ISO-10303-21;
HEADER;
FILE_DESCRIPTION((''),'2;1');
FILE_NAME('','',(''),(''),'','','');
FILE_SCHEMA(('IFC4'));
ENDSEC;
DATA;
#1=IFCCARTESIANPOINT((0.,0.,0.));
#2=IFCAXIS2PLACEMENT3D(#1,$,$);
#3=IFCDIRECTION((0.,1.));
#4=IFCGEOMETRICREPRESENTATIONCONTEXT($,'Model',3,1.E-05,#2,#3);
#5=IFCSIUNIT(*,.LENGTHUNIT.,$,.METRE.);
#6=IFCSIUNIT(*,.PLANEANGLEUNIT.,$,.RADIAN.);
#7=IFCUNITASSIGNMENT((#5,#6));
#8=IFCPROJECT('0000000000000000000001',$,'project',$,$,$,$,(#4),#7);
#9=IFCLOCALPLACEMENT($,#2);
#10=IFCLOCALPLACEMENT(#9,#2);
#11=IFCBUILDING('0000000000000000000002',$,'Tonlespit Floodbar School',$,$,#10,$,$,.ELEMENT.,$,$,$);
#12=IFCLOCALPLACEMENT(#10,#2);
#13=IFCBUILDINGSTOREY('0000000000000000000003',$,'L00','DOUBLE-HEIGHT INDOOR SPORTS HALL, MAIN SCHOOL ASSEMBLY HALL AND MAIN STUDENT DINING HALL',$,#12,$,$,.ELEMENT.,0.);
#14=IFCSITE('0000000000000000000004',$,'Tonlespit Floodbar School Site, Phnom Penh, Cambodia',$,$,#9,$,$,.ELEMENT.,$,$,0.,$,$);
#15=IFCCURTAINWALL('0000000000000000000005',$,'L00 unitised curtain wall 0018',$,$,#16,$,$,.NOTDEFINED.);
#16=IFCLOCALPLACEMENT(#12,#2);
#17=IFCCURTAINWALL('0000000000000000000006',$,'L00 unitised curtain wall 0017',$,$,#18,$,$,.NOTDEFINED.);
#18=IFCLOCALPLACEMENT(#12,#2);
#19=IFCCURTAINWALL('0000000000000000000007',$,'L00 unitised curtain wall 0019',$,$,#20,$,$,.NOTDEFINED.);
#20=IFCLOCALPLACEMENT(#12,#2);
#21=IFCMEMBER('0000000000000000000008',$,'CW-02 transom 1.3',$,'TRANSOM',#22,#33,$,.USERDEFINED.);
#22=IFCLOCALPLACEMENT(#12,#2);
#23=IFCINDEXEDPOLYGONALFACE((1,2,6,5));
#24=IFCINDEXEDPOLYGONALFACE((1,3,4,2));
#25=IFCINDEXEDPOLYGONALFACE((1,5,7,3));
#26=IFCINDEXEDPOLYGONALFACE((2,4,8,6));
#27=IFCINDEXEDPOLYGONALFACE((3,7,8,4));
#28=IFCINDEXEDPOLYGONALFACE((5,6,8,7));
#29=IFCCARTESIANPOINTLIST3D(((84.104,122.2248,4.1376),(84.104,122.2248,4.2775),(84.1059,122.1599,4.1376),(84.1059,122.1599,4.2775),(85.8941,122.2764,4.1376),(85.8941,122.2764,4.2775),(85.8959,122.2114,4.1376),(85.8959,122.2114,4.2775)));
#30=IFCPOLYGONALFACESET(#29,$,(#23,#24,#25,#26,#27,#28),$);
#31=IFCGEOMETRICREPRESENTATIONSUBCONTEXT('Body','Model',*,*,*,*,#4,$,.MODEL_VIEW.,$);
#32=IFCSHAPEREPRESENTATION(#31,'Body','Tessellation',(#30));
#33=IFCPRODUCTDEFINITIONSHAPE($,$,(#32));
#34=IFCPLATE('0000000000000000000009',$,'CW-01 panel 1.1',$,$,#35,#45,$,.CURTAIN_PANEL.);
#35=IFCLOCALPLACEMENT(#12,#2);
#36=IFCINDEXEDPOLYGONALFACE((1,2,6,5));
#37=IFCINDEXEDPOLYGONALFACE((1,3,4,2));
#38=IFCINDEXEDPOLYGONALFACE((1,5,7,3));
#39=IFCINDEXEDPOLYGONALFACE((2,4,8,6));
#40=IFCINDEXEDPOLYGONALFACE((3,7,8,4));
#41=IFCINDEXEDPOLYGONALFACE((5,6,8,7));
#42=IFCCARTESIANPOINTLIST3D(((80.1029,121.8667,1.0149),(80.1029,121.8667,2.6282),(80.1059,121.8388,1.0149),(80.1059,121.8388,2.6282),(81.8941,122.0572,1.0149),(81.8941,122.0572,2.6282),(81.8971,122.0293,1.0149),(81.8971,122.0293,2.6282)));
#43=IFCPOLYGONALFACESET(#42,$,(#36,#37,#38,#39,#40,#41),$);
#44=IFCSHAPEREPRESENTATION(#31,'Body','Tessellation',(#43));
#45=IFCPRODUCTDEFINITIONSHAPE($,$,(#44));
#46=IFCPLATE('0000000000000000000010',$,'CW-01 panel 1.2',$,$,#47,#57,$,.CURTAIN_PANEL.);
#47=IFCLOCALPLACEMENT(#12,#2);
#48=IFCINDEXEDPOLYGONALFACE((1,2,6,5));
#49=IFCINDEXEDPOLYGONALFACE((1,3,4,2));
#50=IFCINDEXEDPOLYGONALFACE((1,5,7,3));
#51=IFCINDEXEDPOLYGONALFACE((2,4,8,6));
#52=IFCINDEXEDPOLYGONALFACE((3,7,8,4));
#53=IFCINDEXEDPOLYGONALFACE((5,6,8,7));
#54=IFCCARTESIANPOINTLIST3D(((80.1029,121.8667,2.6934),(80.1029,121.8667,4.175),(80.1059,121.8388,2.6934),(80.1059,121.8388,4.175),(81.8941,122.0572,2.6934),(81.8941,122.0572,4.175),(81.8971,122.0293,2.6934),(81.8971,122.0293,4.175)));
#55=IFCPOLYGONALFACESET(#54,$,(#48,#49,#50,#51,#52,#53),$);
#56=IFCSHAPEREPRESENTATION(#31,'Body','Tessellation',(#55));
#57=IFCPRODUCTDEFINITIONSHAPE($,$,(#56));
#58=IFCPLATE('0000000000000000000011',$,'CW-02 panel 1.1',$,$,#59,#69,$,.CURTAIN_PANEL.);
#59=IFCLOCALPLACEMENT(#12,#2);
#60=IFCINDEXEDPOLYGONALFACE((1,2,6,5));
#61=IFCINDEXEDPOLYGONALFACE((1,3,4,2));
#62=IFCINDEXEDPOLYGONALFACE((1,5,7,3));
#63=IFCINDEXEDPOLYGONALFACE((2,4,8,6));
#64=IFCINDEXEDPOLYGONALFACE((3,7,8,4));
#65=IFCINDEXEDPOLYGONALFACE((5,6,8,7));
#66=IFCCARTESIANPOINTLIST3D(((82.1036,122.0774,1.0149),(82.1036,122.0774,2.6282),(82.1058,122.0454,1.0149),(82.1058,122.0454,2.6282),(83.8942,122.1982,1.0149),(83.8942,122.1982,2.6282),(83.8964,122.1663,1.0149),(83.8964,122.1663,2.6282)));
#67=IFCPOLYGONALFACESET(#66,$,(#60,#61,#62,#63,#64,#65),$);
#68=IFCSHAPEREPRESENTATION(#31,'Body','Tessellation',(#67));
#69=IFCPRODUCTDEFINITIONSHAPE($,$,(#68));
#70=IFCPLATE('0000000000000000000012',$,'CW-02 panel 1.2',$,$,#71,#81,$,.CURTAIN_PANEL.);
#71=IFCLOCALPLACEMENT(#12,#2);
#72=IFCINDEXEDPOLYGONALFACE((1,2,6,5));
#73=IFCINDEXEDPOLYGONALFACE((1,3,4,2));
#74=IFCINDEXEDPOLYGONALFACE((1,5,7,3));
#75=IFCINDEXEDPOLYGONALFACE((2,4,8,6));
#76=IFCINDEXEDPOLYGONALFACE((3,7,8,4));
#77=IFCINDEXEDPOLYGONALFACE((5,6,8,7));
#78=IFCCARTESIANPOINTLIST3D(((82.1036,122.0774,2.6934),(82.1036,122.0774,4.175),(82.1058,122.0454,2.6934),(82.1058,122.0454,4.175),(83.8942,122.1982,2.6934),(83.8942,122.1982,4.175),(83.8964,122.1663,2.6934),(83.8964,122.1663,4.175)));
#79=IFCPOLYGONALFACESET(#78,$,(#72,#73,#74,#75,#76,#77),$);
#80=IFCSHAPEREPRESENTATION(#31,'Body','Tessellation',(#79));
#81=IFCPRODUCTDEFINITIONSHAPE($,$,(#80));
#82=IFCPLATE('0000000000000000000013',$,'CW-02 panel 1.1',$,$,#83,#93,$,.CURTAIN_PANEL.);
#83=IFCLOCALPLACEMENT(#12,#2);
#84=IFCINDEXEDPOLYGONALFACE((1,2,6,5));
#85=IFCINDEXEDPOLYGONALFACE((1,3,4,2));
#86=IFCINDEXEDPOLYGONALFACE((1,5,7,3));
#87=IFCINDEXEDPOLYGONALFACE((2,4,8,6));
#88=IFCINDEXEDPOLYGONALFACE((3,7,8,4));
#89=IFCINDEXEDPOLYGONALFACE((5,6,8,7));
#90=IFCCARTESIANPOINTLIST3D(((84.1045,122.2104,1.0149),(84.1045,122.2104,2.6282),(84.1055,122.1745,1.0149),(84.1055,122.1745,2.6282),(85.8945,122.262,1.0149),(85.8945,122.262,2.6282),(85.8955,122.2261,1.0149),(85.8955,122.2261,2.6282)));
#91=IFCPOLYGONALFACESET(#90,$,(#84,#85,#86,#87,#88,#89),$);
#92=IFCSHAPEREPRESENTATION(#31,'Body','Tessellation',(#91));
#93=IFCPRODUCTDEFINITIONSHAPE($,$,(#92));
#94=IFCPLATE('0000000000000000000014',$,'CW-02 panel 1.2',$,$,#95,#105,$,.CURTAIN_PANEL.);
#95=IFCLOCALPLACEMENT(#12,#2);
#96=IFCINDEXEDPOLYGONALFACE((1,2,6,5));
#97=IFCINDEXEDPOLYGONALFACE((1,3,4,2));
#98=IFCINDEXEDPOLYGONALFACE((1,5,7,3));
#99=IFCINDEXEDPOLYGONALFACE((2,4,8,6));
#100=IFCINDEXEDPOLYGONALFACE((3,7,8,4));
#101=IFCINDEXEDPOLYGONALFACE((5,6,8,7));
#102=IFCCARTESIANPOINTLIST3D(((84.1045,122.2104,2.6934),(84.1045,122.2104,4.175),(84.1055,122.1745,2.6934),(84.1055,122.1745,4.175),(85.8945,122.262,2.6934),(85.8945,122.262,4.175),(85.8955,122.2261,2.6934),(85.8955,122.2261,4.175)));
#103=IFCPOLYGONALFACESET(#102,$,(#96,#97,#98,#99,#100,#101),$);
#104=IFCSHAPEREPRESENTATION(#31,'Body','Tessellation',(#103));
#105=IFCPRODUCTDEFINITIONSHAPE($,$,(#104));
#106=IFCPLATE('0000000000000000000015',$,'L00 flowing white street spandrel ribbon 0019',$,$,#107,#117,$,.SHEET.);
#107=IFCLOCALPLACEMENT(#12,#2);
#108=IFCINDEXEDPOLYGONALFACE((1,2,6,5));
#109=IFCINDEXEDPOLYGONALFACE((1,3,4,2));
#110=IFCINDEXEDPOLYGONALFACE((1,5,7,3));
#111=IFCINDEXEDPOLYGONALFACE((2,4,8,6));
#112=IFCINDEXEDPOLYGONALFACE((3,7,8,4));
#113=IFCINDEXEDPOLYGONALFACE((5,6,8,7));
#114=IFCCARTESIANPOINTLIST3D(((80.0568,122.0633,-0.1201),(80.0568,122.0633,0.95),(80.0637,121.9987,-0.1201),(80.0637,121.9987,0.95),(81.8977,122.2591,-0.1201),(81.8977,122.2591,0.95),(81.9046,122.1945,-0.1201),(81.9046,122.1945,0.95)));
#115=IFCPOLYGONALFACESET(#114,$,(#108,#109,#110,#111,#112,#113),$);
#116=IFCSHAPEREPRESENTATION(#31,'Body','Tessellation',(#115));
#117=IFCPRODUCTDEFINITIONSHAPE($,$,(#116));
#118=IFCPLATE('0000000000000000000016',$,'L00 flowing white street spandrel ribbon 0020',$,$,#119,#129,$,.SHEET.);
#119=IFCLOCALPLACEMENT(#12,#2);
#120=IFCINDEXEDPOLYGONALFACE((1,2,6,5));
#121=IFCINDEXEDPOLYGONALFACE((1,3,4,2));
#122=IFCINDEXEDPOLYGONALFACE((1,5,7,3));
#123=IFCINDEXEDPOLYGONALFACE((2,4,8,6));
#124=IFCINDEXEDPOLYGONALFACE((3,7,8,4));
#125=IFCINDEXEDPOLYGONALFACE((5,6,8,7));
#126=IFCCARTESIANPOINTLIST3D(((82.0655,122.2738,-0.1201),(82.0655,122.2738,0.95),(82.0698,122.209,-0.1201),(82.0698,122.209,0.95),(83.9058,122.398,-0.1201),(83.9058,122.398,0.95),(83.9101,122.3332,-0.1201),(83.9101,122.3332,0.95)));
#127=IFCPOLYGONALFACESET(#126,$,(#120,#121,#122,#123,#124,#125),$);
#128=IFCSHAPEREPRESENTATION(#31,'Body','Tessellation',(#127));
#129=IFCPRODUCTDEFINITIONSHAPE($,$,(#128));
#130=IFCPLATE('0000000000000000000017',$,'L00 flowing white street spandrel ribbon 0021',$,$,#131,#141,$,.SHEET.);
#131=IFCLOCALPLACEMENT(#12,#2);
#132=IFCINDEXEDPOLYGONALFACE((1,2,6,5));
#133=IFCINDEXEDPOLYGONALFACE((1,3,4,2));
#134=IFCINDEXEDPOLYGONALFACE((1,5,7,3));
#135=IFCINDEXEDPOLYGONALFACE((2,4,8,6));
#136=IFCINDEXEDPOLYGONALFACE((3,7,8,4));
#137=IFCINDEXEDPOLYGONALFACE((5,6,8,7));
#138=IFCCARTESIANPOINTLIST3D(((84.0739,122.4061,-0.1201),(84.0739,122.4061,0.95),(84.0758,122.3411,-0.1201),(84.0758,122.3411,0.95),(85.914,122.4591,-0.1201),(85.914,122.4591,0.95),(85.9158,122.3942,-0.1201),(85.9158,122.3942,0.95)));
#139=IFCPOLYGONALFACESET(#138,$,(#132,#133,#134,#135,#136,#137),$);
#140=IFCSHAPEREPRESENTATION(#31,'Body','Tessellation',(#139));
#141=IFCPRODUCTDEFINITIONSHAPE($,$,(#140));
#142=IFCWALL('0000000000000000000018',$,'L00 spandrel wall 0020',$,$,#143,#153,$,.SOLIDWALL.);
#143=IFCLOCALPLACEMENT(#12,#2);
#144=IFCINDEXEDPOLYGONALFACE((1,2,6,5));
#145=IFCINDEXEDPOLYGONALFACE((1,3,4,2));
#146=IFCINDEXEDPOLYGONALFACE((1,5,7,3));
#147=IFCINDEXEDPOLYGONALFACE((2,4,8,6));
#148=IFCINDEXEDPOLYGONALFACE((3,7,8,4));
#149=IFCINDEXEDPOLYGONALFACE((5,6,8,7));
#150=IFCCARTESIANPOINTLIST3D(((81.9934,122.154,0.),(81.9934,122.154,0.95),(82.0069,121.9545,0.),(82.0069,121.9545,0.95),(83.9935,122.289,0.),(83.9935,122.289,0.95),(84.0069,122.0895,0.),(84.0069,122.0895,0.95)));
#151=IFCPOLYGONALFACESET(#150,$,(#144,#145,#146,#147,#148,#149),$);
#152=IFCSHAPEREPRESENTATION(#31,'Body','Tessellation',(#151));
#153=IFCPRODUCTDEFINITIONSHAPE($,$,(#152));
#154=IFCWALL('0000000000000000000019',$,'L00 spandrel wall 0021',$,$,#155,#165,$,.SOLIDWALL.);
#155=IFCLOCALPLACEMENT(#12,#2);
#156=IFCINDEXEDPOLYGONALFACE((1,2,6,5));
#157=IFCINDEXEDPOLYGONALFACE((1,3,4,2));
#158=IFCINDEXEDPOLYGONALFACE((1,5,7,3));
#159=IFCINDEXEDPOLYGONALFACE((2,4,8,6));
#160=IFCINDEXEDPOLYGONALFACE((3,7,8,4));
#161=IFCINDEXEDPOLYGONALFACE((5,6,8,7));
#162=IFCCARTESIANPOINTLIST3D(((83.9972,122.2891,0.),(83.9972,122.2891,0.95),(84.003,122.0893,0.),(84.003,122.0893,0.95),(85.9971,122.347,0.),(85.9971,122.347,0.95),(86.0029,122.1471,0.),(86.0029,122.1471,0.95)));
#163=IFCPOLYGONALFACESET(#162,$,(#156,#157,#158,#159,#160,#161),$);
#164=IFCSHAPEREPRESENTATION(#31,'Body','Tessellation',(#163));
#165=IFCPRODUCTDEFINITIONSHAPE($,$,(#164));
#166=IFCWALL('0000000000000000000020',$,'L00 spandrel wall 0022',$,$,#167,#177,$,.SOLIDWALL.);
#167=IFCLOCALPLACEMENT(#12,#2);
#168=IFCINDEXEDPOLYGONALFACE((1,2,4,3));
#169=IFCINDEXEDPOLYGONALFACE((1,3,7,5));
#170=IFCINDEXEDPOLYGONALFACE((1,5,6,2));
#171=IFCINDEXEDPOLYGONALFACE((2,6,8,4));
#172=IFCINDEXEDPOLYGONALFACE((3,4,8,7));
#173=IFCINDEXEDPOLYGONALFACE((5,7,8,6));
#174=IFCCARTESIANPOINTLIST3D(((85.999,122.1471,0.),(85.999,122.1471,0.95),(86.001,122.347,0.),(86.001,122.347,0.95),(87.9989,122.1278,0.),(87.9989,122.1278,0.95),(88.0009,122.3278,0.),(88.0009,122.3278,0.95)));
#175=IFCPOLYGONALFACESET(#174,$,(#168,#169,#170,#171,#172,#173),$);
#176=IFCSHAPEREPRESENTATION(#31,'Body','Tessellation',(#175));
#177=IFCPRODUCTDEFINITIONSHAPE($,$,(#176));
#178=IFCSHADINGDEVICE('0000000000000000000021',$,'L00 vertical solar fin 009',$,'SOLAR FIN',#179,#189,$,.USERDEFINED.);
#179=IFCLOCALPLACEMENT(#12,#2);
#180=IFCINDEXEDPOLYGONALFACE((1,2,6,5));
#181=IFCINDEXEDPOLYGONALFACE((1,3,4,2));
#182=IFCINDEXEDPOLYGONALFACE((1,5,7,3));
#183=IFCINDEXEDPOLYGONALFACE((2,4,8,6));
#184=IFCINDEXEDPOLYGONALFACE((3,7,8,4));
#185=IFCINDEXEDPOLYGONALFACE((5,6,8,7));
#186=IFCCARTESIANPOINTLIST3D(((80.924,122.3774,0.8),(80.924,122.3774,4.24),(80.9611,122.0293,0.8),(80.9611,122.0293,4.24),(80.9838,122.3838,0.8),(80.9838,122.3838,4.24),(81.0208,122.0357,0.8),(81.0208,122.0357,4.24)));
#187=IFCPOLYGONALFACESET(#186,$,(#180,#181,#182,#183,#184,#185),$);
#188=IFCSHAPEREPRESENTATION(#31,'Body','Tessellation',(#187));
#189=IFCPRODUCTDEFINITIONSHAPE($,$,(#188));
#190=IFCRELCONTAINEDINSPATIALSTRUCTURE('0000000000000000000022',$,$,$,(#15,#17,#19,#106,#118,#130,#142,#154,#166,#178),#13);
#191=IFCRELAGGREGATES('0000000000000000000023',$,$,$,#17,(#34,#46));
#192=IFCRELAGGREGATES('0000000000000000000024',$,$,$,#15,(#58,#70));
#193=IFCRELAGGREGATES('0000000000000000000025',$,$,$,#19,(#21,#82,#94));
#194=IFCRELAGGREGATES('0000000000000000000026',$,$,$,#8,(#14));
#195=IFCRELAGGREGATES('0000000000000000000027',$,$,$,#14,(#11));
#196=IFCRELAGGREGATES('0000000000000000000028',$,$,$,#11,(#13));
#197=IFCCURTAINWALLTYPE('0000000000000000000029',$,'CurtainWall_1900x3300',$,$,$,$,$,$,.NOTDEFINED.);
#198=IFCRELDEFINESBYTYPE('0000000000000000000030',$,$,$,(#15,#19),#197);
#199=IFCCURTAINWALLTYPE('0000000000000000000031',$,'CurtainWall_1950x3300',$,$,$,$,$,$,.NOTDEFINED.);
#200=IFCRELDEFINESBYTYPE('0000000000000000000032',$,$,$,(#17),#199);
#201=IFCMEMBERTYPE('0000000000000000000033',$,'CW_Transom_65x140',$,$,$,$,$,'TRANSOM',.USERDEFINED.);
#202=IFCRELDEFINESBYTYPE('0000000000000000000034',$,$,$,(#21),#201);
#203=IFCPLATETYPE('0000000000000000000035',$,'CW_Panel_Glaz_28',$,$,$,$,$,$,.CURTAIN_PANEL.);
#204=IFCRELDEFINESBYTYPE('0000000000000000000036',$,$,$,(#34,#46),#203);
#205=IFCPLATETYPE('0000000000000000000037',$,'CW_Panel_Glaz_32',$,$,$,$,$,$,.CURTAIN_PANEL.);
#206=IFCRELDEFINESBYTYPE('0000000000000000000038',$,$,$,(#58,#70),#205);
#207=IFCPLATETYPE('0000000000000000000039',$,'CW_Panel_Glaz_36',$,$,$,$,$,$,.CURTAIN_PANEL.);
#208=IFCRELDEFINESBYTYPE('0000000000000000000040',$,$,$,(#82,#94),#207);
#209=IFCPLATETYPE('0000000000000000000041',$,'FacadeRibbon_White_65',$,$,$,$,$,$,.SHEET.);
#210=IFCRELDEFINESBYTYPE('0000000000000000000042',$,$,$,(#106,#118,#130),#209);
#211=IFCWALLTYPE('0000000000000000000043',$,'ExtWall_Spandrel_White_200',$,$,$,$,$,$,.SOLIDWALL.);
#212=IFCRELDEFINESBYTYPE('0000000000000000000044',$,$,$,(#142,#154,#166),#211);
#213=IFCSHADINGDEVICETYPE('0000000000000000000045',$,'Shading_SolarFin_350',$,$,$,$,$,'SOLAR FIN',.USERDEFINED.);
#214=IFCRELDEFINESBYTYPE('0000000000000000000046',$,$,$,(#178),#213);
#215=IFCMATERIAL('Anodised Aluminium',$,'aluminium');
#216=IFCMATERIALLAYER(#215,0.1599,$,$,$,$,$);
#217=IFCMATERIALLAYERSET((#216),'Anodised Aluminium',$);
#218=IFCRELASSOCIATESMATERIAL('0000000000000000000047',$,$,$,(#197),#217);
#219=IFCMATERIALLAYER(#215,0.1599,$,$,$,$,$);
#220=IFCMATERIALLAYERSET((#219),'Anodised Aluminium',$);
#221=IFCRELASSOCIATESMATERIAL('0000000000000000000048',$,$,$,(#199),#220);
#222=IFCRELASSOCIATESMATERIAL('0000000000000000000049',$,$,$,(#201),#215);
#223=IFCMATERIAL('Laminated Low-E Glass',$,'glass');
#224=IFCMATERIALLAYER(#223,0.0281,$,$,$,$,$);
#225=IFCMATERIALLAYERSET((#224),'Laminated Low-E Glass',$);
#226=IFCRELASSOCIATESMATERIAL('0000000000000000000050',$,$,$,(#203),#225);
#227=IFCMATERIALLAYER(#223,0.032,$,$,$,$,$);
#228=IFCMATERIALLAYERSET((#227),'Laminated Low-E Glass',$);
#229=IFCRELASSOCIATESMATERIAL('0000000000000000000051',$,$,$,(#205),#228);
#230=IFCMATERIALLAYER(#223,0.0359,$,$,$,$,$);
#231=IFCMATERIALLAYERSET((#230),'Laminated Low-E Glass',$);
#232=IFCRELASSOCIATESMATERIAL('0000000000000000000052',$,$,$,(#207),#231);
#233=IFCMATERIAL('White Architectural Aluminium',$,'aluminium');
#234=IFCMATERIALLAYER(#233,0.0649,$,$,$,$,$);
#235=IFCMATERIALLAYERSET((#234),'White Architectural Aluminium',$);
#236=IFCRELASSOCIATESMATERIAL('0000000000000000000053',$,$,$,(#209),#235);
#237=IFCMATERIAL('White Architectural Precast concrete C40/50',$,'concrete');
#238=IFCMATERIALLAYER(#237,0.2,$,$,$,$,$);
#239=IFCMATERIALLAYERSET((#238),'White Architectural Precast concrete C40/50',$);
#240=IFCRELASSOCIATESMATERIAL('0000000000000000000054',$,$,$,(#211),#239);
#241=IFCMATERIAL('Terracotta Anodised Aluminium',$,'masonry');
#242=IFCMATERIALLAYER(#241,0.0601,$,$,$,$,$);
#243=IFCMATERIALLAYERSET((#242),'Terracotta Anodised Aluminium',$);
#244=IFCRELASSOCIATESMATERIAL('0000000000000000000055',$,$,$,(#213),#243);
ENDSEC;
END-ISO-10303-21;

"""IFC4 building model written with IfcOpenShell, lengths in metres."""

from ifc_helpers import new_model, si_unit, direction, frame, frame_2d, origin, origin_2d, place, context, subcontext, project, spatial, rectangle, extrude, material, layer, layer_set, material_profile, profile_set, type_object, element, aggregate, save


model = new_model("IFC4")

# Units and contexts
model_context = context("Model", 3, precision=1e-05, world=origin(), true_north=direction((0.0, 1.0)))
body_context = subcontext(model_context, "Body", "Model", "MODEL_VIEW")
ifc_project = project(units=[si_unit("LENGTHUNIT", "METRE"), si_unit("PLANEANGLEUNIT", "RADIAN")], contexts=[model_context])

# Site, building, storey
site_placement = place(None, origin())
site = spatial("IfcSite", under=ifc_project, at=site_placement, Name="Tonlespit Floodbar School Site, Phnom Penh, Cambodia", CompositionType="ELEMENT", RefElevation=0.0)
building_placement = place(site_placement, origin())
building = spatial("IfcBuilding", under=site, at=building_placement, Name="Tonlespit Floodbar School", CompositionType="ELEMENT")
storey_placement = place(building_placement, origin())
storey = spatial("IfcBuildingStorey", under=building, at=storey_placement, Name="L00", Description="DOUBLE-HEIGHT INDOOR SPORTS HALL, MAIN SCHOOL ASSEMBLY HALL AND MAIN STUDENT DINING HALL", CompositionType="ELEMENT", Elevation=0.0)

# Curtain wall
ifc_material_1 = material(Name="Anodised Aluminium", Category="aluminium")
ifc_layer_1 = layer(ifc_material_1, 0.1599)
ifc_layer_set_1 = layer_set([ifc_layer_1], Name="Anodised Aluminium")
curtain_wall_type_1 = type_object("IfcCurtainWallType", Name="CurtainWall_1900x3300", PredefinedType="NOTDEFINED", material=ifc_layer_set_1)
curtain_wall_1_placement = place(storey_placement, origin())
curtain_wall_1 = element("IfcCurtainWall", 1, at=curtain_wall_1_placement, inside=storey, type_object=curtain_wall_type_1, Name="L00 unitised curtain wall 0018", PredefinedType="NOTDEFINED")

# Curtain wall
ifc_layer_2 = layer(ifc_material_1, 0.1599)
ifc_layer_set_2 = layer_set([ifc_layer_2], Name="Anodised Aluminium")
curtain_wall_type_2 = type_object("IfcCurtainWallType", Name="CurtainWall_1950x3300", PredefinedType="NOTDEFINED", material=ifc_layer_set_2)
curtain_wall_2_placement = place(storey_placement, origin())
curtain_wall_2 = element("IfcCurtainWall", 2, at=curtain_wall_2_placement, inside=storey, type_object=curtain_wall_type_2, Name="L00 unitised curtain wall 0017", PredefinedType="NOTDEFINED")

# Curtain wall
curtain_wall_3_placement = place(storey_placement, origin())
curtain_wall_3 = element("IfcCurtainWall", 3, at=curtain_wall_3_placement, inside=storey, type_object=curtain_wall_type_1, Name="L00 unitised curtain wall 0019", PredefinedType="NOTDEFINED")

# Member
ifc_material_profile_1 = material_profile(ifc_material_1, rectangle(XDim=0.0649, YDim=0.1399, at=origin_2d()), Name="ALU T65x140")
ifc_profile_set_1 = profile_set([ifc_material_profile_1], Name="Anodised Aluminium")
member_type_1 = type_object("IfcMemberType", Name="CW_Transom_65x140", ElementType="TRANSOM", PredefinedType="USERDEFINED", material=ifc_profile_set_1)
member_1_placement = place(storey_placement, frame((84.105, 122.1924, 4.2075), z_axis=(0.999586, 0.028766, 0.0), x_axis=(-0.028766, 0.999586, 0.0)))
member_1 = element("IfcMember", 4, at=member_1_placement, type_object=member_type_1, Name="CW-02 transom 1.3", ObjectType="TRANSOM", PredefinedType="USERDEFINED", context=body_context, shape_type="SweptSolid", body=[
    extrude(rectangle(XDim=0.0649, YDim=0.1399, at=origin_2d()), origin(), (0.0, 0.0, 1.0), 1.7908),
])

# Plates
ifc_material_2 = material(Name="Laminated Low-E Glass", Category="glass")
ifc_layer_3 = layer(ifc_material_2, 0.0281)
ifc_layer_set_3 = layer_set([ifc_layer_3], Name="Laminated Low-E Glass")
plate_type_1 = type_object("IfcPlateType", Name="CW_Panel_Glaz_28", PredefinedType="CURTAIN_PANEL", material=ifc_layer_set_3)
plate_1_placement = place(storey_placement, frame((81.0, 121.948, 1.0149), z_axis=(0.0, 0.0, 1.0), x_axis=(0.994389, 0.105787, 0.0)))
plate_1 = element("IfcPlate", 5, at=plate_1_placement, type_object=plate_type_1, Name="CW-01 panel 1.1", PredefinedType="CURTAIN_PANEL", context=body_context, shape_type="SweptSolid", body=[
    extrude(rectangle(XDim=1.8013, YDim=0.0281, at=origin_2d()), origin(), (0.0, 0.0, 1.0), 1.6133),
])
plate_2_placement = place(storey_placement, frame((81.0, 121.948, 2.6934), z_axis=(0.0, 0.0, 1.0), x_axis=(0.994389, 0.105787, 0.0)))
plate_2 = element("IfcPlate", 6, at=plate_2_placement, type_object=plate_type_1, Name="CW-01 panel 1.2", PredefinedType="CURTAIN_PANEL", context=body_context, shape_type="SweptSolid", body=[
    extrude(rectangle(XDim=1.8013, YDim=0.0281, at=origin_2d()), origin(), (0.0, 0.0, 1.0), 1.4817),
])
aggregate(curtain_wall_2, [plate_1, plate_2])
ifc_layer_4 = layer(ifc_material_2, 0.032)
ifc_layer_set_4 = layer_set([ifc_layer_4], Name="Laminated Low-E Glass")
plate_type_2 = type_object("IfcPlateType", Name="CW_Panel_Glaz_32", PredefinedType="CURTAIN_PANEL", material=ifc_layer_set_4)
plate_3_placement = place(storey_placement, frame((83.0, 122.1218, 1.0149), z_axis=(0.0, 0.0, 1.0), x_axis=(0.99773, 0.06734, 0.0)))
plate_3 = element("IfcPlate", 7, at=plate_3_placement, type_object=plate_type_2, Name="CW-02 panel 1.1", PredefinedType="CURTAIN_PANEL", context=body_context, shape_type="SweptSolid", body=[
    extrude(rectangle(XDim=1.7947, YDim=0.032, at=origin_2d()), origin(), (0.0, 0.0, 1.0), 1.6133),
])
plate_4_placement = place(storey_placement, frame((83.0, 122.1218, 2.6934), z_axis=(0.0, 0.0, 1.0), x_axis=(0.99773, 0.06734, 0.0)))
plate_4 = element("IfcPlate", 8, at=plate_4_placement, type_object=plate_type_2, Name="CW-02 panel 1.2", PredefinedType="CURTAIN_PANEL", context=body_context, shape_type="SweptSolid", body=[
    extrude(rectangle(XDim=1.7947, YDim=0.032, at=origin_2d()), origin(), (0.0, 0.0, 1.0), 1.4817),
])
aggregate(curtain_wall_1, [plate_3, plate_4])
ifc_layer_5 = layer(ifc_material_2, 0.0359)
ifc_layer_set_5 = layer_set([ifc_layer_5], Name="Laminated Low-E Glass")
plate_type_3 = type_object("IfcPlateType", Name="CW_Panel_Glaz_36", PredefinedType="CURTAIN_PANEL", material=ifc_layer_set_5)
plate_5_placement = place(storey_placement, frame((85.0, 122.2183, 1.0149), z_axis=(0.0, 0.0, 1.0), x_axis=(0.999585, 0.02879, 0.0)))
plate_5 = element("IfcPlate", 9, at=plate_5_placement, type_object=plate_type_3, Name="CW-02 panel 1.1", PredefinedType="CURTAIN_PANEL", context=body_context, shape_type="SweptSolid", body=[
    extrude(rectangle(XDim=1.7908, YDim=0.0359, at=origin_2d()), origin(), (0.0, 0.0, 1.0), 1.6133),
])
plate_6_placement = place(storey_placement, frame((85.0, 122.2183, 2.6934), z_axis=(0.0, 0.0, 1.0), x_axis=(0.999585, 0.02879, 0.0)))
plate_6 = element("IfcPlate", 10, at=plate_6_placement, type_object=plate_type_3, Name="CW-02 panel 1.2", PredefinedType="CURTAIN_PANEL", context=body_context, shape_type="SweptSolid", body=[
    extrude(rectangle(XDim=1.7908, YDim=0.0359, at=origin_2d()), origin(), (0.0, 0.0, 1.0), 1.4817),
])
aggregate(curtain_wall_3, [member_1, plate_5, plate_6])

# Plates
ifc_material_3 = material(Name="White Architectural Aluminium", Category="aluminium")
ifc_layer_6 = layer(ifc_material_3, 0.0649)
ifc_layer_set_6 = layer_set([ifc_layer_6], Name="White Architectural Aluminium")
plate_type_4 = type_object("IfcPlateType", Name="FacadeRibbon_White_65", PredefinedType="SHEET", material=ifc_layer_set_6)
plate_7_placement = place(storey_placement, frame((80.9807, 122.1289, -0.1201), z_axis=(0.0, 0.0, 1.0), x_axis=(0.994392, 0.105754, 0.0)))
element("IfcPlate", 11, at=plate_7_placement, inside=storey, type_object=plate_type_4, Name="L00 flowing white street spandrel ribbon 0019", PredefinedType="SHEET", context=body_context, shape_type="SweptSolid", body=[
    extrude(rectangle(XDim=1.8513, YDim=0.0649, at=origin_2d()), origin(), (0.0, 0.0, 1.0), 1.0701),
])
plate_8_placement = place(storey_placement, frame((82.9878, 122.3035, -0.1201), z_axis=(0.0, 0.0, 1.0), x_axis=(0.99773, 0.067347, 0.0)))
element("IfcPlate", 12, at=plate_8_placement, inside=storey, type_object=plate_type_4, Name="L00 flowing white street spandrel ribbon 0020", PredefinedType="SHEET", context=body_context, shape_type="SweptSolid", body=[
    extrude(rectangle(XDim=1.8445, YDim=0.0649, at=origin_2d()), origin(), (0.0, 0.0, 1.0), 1.0701),
])
plate_9_placement = place(storey_placement, frame((84.9949, 122.4001, -0.1201), z_axis=(0.0, 0.0, 1.0), x_axis=(0.999584, 0.028838, 0.0)))
element("IfcPlate", 13, at=plate_9_placement, inside=storey, type_object=plate_type_4, Name="L00 flowing white street spandrel ribbon 0021", PredefinedType="SHEET", context=body_context, shape_type="SweptSolid", body=[
    extrude(rectangle(XDim=1.8408, YDim=0.0649, at=origin_2d()), origin(), (0.0, 0.0, 1.0), 1.0701),
])

# Walls
ifc_material_4 = material(Name="White Architectural Precast concrete C40/50", Category="concrete")
ifc_layer_7 = layer(ifc_material_4, 0.2)
ifc_layer_set_7 = layer_set([ifc_layer_7], Name="White Architectural Precast concrete C40/50")
wall_type = type_object("IfcWallType", Name="ExtWall_Spandrel_White_200", PredefinedType="SOLIDWALL", material=ifc_layer_set_7)
wall_1_placement = place(storey_placement, frame((82.0, 122.0542, 0.0), z_axis=(0.0, 0.0, 1.0), x_axis=(0.997729, 0.067352, 0.0)))
element("IfcWall", 14, at=wall_1_placement, inside=storey, type_object=wall_type, Name="L00 spandrel wall 0020", PredefinedType="SOLIDWALL", context=body_context, shape_type="SweptSolid", body=[
    extrude(rectangle(XDim=2.0046, YDim=0.2, at=frame_2d((1.0024, 0.0))), origin(), (0.0, 0.0, 1.0), 0.95),
])
wall_2_placement = place(storey_placement, frame((84.0, 122.1892, 0.0), z_axis=(0.0, 0.0, 1.0), x_axis=(0.999582, 0.028919, 0.0)))
element("IfcWall", 15, at=wall_2_placement, inside=storey, type_object=wall_type, Name="L00 spandrel wall 0021", PredefinedType="SOLIDWALL", context=body_context, shape_type="SweptSolid", body=[
    extrude(rectangle(XDim=2.0007, YDim=0.2, at=frame_2d((1.0005, 0.0))), origin(), (0.0, 0.0, 1.0), 0.95),
])
wall_3_placement = place(storey_placement, frame((86.0, 122.2471, 0.0), z_axis=(0.0, 0.0, 1.0), x_axis=(0.999954, -0.009643, 0.0)))
element("IfcWall", 16, at=wall_3_placement, inside=storey, type_object=wall_type, Name="L00 spandrel wall 0022", PredefinedType="SOLIDWALL", context=body_context, shape_type="SweptSolid", body=[
    extrude(rectangle(XDim=2.0, YDim=0.2, at=frame_2d((1.0, 0.0))), origin(), (0.0, 0.0, 1.0), 0.95),
])

# Shading device
ifc_material_5 = material(Name="Terracotta Anodised Aluminium", Category="masonry")
ifc_layer_8 = layer(ifc_material_5, 0.0601)
ifc_layer_set_8 = layer_set([ifc_layer_8], Name="Terracotta Anodised Aluminium")
shading_device_type = type_object("IfcShadingDeviceType", Name="Shading_SolarFin_350", ElementType="SOLAR FIN", PredefinedType="USERDEFINED", material=ifc_layer_set_8)
for number, where, z_axis, x_axis, name in (
    (17, (80.9724, 122.2065, 0.8), (0.0, 0.0, 1.0), (0.994392, 0.105754, 0.0), "L00 vertical solar fin 009"),
):
    element("IfcShadingDevice", number, at=place(storey_placement, frame(where, z_axis=z_axis, x_axis=x_axis)), inside=storey, type_object=shading_device_type, Name=name, ObjectType="SOLAR FIN", PredefinedType="USERDEFINED", context=body_context, shape_type="SweptSolid", body=[
        extrude(rectangle(XDim=0.0601, YDim=0.3501, at=origin_2d()), origin(), (0.0, 0.0, 1.0), 3.4399),
    ])

save(model, "model.ifc")
